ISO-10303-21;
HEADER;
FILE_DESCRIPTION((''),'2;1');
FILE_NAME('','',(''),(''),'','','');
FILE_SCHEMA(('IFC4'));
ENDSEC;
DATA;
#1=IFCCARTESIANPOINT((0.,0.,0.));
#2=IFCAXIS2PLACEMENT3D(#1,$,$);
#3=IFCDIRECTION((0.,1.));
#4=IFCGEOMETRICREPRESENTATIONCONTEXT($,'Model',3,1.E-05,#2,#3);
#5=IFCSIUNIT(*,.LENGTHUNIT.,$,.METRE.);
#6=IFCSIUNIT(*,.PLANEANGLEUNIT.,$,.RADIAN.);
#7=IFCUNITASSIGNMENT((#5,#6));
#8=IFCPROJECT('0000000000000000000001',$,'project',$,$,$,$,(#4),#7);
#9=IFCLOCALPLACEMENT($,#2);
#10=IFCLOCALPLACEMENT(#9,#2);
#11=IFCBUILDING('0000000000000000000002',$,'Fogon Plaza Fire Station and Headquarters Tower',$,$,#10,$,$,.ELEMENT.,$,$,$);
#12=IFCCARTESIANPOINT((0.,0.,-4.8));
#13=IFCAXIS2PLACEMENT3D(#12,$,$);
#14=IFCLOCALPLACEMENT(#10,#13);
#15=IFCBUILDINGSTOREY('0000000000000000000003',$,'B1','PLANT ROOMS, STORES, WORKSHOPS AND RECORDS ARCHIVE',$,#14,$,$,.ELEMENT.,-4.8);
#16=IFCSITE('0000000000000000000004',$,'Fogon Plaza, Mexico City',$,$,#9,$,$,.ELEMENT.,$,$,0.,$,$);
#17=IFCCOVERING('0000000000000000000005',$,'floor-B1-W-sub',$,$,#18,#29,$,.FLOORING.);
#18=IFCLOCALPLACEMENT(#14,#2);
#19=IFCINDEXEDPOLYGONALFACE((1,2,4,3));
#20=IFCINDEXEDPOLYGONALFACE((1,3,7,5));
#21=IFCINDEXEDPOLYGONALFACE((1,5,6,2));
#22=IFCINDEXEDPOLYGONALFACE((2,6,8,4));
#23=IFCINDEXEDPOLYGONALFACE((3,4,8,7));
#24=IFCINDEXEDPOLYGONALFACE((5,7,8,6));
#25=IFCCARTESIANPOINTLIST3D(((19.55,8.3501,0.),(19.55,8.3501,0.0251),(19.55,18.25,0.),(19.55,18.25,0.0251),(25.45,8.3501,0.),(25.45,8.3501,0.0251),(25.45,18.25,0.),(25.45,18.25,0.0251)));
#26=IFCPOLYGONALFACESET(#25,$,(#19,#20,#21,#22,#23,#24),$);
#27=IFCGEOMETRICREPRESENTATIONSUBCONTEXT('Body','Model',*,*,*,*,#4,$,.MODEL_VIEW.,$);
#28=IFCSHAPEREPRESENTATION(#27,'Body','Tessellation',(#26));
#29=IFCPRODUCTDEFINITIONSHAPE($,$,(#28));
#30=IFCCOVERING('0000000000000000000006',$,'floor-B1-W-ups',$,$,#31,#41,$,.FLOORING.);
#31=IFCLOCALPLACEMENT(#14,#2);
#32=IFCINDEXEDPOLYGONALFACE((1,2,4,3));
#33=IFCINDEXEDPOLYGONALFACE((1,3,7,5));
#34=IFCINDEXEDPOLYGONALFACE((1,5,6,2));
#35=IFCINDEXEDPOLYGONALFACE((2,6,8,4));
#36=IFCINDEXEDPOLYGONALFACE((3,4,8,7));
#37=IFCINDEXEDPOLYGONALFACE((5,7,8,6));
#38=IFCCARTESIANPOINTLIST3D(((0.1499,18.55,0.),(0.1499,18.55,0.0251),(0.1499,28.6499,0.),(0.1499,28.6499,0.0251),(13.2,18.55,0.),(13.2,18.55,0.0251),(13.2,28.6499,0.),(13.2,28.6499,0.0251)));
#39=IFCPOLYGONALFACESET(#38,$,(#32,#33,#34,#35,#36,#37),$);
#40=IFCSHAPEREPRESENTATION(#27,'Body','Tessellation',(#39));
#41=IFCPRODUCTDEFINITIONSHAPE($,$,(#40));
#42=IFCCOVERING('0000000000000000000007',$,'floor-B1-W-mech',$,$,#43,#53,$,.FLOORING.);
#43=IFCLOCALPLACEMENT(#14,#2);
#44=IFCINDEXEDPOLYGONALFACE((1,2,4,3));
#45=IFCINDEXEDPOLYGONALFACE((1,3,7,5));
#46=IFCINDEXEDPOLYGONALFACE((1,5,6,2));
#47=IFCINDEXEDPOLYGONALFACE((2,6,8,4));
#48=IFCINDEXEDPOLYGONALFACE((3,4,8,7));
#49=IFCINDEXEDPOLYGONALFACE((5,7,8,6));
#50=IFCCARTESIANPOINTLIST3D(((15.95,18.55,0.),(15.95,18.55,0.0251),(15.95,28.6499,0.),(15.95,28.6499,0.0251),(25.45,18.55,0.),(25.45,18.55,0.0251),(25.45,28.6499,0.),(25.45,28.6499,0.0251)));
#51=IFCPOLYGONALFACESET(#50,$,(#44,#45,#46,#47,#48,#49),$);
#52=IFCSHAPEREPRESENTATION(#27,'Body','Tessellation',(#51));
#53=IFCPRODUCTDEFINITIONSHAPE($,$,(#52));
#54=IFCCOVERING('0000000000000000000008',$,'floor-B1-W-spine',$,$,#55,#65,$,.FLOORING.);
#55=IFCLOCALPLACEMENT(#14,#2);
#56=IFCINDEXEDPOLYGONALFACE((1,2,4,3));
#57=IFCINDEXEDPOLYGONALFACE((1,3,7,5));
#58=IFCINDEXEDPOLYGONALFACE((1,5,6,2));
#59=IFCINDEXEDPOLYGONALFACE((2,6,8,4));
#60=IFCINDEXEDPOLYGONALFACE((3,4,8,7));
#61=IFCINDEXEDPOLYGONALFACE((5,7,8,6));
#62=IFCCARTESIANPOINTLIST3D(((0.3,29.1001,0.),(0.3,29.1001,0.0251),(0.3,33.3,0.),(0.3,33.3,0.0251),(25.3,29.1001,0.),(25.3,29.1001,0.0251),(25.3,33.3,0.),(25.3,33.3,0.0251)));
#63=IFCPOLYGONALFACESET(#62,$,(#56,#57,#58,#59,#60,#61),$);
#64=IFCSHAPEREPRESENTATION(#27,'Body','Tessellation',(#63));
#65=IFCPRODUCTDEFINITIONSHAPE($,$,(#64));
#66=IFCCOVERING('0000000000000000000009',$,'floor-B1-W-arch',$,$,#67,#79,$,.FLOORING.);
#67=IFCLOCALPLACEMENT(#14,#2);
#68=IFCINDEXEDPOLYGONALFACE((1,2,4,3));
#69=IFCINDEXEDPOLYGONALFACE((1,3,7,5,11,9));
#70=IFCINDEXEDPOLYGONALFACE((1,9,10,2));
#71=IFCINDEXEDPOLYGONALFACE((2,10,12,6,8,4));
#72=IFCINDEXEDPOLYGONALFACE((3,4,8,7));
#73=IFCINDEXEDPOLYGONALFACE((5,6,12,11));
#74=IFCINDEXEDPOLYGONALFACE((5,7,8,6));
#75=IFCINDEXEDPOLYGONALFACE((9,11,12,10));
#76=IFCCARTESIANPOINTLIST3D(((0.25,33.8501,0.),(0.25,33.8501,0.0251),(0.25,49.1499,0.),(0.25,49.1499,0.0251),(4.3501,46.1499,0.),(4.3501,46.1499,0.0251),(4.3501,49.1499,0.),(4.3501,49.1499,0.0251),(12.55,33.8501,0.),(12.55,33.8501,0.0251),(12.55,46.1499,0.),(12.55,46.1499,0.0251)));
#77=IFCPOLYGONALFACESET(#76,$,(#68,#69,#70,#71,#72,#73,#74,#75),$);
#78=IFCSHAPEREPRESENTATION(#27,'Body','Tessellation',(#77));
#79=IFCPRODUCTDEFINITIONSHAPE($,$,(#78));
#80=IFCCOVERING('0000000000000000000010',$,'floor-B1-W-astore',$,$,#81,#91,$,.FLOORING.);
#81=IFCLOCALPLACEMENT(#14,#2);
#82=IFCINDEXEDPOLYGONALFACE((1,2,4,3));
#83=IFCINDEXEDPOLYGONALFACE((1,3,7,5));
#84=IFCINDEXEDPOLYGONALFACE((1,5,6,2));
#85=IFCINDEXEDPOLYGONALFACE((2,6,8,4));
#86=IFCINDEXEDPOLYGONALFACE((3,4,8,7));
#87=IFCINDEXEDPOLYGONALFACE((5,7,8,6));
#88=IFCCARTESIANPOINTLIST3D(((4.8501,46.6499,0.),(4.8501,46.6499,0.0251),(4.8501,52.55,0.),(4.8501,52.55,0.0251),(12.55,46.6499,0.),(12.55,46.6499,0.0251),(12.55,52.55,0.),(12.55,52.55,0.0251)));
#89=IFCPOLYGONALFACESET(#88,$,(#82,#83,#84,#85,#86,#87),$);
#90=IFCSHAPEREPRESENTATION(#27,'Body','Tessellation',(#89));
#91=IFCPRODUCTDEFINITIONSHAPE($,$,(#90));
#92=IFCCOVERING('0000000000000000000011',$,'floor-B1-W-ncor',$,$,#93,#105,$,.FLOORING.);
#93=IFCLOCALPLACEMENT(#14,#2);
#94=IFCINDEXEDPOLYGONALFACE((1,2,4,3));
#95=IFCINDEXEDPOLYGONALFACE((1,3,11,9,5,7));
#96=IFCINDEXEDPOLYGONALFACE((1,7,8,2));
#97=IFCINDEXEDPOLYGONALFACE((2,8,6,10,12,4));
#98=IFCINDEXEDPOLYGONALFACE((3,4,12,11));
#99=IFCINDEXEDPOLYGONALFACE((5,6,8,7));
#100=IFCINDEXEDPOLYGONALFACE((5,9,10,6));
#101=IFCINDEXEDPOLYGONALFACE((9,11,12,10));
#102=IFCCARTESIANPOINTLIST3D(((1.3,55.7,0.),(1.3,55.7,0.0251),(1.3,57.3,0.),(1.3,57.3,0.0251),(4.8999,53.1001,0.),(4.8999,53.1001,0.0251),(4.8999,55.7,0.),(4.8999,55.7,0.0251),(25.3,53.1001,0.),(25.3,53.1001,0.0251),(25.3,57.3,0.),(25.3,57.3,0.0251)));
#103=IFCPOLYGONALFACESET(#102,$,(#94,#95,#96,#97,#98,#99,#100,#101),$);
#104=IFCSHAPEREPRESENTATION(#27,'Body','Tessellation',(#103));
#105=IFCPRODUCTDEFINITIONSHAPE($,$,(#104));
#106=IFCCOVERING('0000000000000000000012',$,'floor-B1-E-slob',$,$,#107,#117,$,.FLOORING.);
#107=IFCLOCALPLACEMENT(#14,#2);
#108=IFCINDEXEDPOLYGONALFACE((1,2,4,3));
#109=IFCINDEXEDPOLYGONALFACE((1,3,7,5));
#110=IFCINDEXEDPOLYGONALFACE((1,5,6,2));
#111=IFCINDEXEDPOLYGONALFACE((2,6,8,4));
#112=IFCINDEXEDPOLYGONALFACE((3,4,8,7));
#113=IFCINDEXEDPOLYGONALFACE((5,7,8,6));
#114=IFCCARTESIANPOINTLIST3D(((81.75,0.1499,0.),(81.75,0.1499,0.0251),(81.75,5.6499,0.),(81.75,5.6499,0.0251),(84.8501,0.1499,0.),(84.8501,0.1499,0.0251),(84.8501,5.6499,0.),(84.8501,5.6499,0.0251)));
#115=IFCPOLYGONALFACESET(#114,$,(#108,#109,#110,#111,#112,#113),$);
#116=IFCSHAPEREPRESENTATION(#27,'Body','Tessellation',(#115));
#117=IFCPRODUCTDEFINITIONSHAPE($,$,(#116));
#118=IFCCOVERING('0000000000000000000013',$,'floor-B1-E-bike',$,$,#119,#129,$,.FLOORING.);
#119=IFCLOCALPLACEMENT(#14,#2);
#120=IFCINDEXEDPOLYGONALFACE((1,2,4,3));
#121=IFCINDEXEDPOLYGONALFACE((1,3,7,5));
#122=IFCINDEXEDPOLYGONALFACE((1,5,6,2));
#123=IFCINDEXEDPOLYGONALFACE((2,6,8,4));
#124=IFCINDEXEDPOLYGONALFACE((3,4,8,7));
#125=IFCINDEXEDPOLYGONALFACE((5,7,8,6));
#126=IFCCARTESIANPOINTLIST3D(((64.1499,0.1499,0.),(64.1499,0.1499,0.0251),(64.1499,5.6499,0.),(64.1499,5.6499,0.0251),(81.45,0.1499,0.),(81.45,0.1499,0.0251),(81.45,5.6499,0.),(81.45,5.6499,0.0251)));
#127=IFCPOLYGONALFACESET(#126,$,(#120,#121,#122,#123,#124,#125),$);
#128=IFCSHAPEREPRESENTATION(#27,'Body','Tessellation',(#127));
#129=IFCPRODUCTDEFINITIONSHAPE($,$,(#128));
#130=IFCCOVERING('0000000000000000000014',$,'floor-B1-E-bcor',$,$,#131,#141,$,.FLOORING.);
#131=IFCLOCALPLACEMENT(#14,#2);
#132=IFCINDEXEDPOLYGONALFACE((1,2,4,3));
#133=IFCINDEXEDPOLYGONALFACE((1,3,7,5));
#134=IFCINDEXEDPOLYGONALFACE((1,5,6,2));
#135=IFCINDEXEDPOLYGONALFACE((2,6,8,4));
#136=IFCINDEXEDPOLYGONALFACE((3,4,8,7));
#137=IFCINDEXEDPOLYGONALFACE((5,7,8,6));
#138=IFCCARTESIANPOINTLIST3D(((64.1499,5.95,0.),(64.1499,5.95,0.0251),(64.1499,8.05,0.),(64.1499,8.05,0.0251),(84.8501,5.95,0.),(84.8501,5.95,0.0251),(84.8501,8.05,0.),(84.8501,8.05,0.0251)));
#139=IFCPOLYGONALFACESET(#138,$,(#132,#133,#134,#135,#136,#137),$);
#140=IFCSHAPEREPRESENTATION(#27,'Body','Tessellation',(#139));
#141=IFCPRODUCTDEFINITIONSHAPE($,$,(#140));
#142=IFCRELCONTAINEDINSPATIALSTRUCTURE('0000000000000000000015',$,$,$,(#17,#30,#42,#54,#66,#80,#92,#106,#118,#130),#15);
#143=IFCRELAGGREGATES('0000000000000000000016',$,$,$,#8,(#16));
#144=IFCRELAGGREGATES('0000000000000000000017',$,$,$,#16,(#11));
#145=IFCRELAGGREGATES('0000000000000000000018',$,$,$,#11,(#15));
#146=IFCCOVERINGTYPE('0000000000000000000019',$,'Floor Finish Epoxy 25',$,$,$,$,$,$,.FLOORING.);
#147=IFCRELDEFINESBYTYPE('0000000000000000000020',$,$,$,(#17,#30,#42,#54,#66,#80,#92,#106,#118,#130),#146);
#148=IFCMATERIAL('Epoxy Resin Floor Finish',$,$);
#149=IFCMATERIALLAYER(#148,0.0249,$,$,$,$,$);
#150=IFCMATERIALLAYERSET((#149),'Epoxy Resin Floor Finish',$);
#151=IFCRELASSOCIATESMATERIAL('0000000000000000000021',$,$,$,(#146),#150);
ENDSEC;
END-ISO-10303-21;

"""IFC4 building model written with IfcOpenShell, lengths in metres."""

from ifc_helpers import new_model, si_unit, direction, frame, origin, place, context, subcontext, project, spatial, polyline, outline, extrude, material, layer, layer_set, type_object, element, save


model = new_model("IFC4")

# Units and contexts
model_context = context("Model", 3, precision=1e-05, world=origin(), true_north=direction((0.0, 1.0)))
body_context = subcontext(model_context, "Body", "Model", "MODEL_VIEW")
ifc_project = project(units=[si_unit("LENGTHUNIT", "METRE"), si_unit("PLANEANGLEUNIT", "RADIAN")], contexts=[model_context])

# Site, building, storey
site_placement = place(None, origin())
site = spatial("IfcSite", under=ifc_project, at=site_placement, Name="Fogon Plaza, Mexico City", CompositionType="ELEMENT", RefElevation=0.0)
building_placement = place(site_placement, origin())
building = spatial("IfcBuilding", under=site, at=building_placement, Name="Fogon Plaza Fire Station and Headquarters Tower", CompositionType="ELEMENT")
storey_placement = place(building_placement, frame((0.0, 0.0, -4.8)))
storey = spatial("IfcBuildingStorey", under=building, at=storey_placement, Name="B1", Description="PLANT ROOMS, STORES, WORKSHOPS AND RECORDS ARCHIVE", CompositionType="ELEMENT", Elevation=-4.8)

# Coverings
ifc_material_1 = material(Name="Epoxy Resin Floor Finish")
ifc_layer_1 = layer(ifc_material_1, 0.0249)
ifc_layer_set_1 = layer_set([ifc_layer_1], Name="Epoxy Resin Floor Finish")
covering_type = type_object("IfcCoveringType", Name="Floor Finish Epoxy 25", PredefinedType="FLOORING", material=ifc_layer_set_1)
covering_1_placement = place(storey_placement, origin())
element("IfcCovering", 1, at=covering_1_placement, inside=storey, type_object=covering_type, Name="floor-B1-W-sub", PredefinedType="FLOORING", context=body_context, shape_type="SweptSolid", body=[
    extrude(outline(polyline([(19.55, 8.3501), (19.55, 18.25), (25.45, 18.25), (25.45, 8.3501), (19.55, 8.3501)])), origin(), (0.0, 0.0, 1.0), 0.0251),
])
covering_2_placement = place(storey_placement, origin())
element("IfcCovering", 2, at=covering_2_placement, inside=storey, type_object=covering_type, Name="floor-B1-W-ups", PredefinedType="FLOORING", context=body_context, shape_type="SweptSolid", body=[
    extrude(outline(polyline([(0.1499, 18.55), (0.1499, 28.6499), (13.2, 28.6499), (13.2, 18.55), (0.1499, 18.55)])), origin(), (0.0, 0.0, 1.0), 0.0251),
])
covering_3_placement = place(storey_placement, origin())
element("IfcCovering", 3, at=covering_3_placement, inside=storey, type_object=covering_type, Name="floor-B1-W-mech", PredefinedType="FLOORING", context=body_context, shape_type="SweptSolid", body=[
    extrude(outline(polyline([(15.95, 18.55), (15.95, 28.6499), (25.45, 28.6499), (25.45, 18.55), (15.95, 18.55)])), origin(), (0.0, 0.0, 1.0), 0.0251),
])
covering_4_placement = place(storey_placement, origin())
element("IfcCovering", 4, at=covering_4_placement, inside=storey, type_object=covering_type, Name="floor-B1-W-spine", PredefinedType="FLOORING", context=body_context, shape_type="SweptSolid", body=[
    extrude(outline(polyline([(0.3, 29.1001), (0.3, 33.3), (25.3, 33.3), (25.3, 29.1001), (0.3, 29.1001)])), origin(), (0.0, 0.0, 1.0), 0.0251),
])
covering_5_placement = place(storey_placement, origin())
element("IfcCovering", 5, at=covering_5_placement, inside=storey, type_object=covering_type, Name="floor-B1-W-arch", PredefinedType="FLOORING", context=body_context, shape_type="SweptSolid", body=[
    extrude(outline(polyline([(0.25, 33.8501), (0.25, 49.1499), (4.3501, 49.1499), (4.3501, 46.1499), (12.55, 46.1499), (12.55, 33.8501), (0.25, 33.8501)])), origin(), (0.0, 0.0, 1.0), 0.0251),
])
covering_6_placement = place(storey_placement, origin())
element("IfcCovering", 6, at=covering_6_placement, inside=storey, type_object=covering_type, Name="floor-B1-W-astore", PredefinedType="FLOORING", context=body_context, shape_type="SweptSolid", body=[
    extrude(outline(polyline([(4.8501, 46.6499), (4.8501, 52.55), (12.55, 52.55), (12.55, 46.6499), (4.8501, 46.6499)])), origin(), (0.0, 0.0, 1.0), 0.0251),
])
covering_7_placement = place(storey_placement, origin())
element("IfcCovering", 7, at=covering_7_placement, inside=storey, type_object=covering_type, Name="floor-B1-W-ncor", PredefinedType="FLOORING", context=body_context, shape_type="SweptSolid", body=[
    extrude(outline(polyline([(4.8999, 53.1001), (4.8999, 55.7), (1.3, 55.7), (1.3, 57.3), (25.3, 57.3), (25.3, 53.1001), (4.8999, 53.1001)])), origin(), (0.0, 0.0, 1.0), 0.0251),
])
covering_8_placement = place(storey_placement, origin())
element("IfcCovering", 8, at=covering_8_placement, inside=storey, type_object=covering_type, Name="floor-B1-E-slob", PredefinedType="FLOORING", context=body_context, shape_type="SweptSolid", body=[
    extrude(outline(polyline([(81.75, 0.1499), (81.75, 5.6499), (84.8501, 5.6499), (84.8501, 0.1499), (81.75, 0.1499)])), origin(), (0.0, 0.0, 1.0), 0.0251),
])
covering_9_placement = place(storey_placement, origin())
element("IfcCovering", 9, at=covering_9_placement, inside=storey, type_object=covering_type, Name="floor-B1-E-bike", PredefinedType="FLOORING", context=body_context, shape_type="SweptSolid", body=[
    extrude(outline(polyline([(64.1499, 0.1499), (64.1499, 5.6499), (81.45, 5.6499), (81.45, 0.1499), (64.1499, 0.1499)])), origin(), (0.0, 0.0, 1.0), 0.0251),
])
covering_10_placement = place(storey_placement, origin())
element("IfcCovering", 10, at=covering_10_placement, inside=storey, type_object=covering_type, Name="floor-B1-E-bcor", PredefinedType="FLOORING", context=body_context, shape_type="SweptSolid", body=[
    extrude(outline(polyline([(64.1499, 5.95), (64.1499, 8.05), (84.8501, 8.05), (84.8501, 5.95), (64.1499, 5.95)])), origin(), (0.0, 0.0, 1.0), 0.0251),
])

save(model, "model.ifc")
